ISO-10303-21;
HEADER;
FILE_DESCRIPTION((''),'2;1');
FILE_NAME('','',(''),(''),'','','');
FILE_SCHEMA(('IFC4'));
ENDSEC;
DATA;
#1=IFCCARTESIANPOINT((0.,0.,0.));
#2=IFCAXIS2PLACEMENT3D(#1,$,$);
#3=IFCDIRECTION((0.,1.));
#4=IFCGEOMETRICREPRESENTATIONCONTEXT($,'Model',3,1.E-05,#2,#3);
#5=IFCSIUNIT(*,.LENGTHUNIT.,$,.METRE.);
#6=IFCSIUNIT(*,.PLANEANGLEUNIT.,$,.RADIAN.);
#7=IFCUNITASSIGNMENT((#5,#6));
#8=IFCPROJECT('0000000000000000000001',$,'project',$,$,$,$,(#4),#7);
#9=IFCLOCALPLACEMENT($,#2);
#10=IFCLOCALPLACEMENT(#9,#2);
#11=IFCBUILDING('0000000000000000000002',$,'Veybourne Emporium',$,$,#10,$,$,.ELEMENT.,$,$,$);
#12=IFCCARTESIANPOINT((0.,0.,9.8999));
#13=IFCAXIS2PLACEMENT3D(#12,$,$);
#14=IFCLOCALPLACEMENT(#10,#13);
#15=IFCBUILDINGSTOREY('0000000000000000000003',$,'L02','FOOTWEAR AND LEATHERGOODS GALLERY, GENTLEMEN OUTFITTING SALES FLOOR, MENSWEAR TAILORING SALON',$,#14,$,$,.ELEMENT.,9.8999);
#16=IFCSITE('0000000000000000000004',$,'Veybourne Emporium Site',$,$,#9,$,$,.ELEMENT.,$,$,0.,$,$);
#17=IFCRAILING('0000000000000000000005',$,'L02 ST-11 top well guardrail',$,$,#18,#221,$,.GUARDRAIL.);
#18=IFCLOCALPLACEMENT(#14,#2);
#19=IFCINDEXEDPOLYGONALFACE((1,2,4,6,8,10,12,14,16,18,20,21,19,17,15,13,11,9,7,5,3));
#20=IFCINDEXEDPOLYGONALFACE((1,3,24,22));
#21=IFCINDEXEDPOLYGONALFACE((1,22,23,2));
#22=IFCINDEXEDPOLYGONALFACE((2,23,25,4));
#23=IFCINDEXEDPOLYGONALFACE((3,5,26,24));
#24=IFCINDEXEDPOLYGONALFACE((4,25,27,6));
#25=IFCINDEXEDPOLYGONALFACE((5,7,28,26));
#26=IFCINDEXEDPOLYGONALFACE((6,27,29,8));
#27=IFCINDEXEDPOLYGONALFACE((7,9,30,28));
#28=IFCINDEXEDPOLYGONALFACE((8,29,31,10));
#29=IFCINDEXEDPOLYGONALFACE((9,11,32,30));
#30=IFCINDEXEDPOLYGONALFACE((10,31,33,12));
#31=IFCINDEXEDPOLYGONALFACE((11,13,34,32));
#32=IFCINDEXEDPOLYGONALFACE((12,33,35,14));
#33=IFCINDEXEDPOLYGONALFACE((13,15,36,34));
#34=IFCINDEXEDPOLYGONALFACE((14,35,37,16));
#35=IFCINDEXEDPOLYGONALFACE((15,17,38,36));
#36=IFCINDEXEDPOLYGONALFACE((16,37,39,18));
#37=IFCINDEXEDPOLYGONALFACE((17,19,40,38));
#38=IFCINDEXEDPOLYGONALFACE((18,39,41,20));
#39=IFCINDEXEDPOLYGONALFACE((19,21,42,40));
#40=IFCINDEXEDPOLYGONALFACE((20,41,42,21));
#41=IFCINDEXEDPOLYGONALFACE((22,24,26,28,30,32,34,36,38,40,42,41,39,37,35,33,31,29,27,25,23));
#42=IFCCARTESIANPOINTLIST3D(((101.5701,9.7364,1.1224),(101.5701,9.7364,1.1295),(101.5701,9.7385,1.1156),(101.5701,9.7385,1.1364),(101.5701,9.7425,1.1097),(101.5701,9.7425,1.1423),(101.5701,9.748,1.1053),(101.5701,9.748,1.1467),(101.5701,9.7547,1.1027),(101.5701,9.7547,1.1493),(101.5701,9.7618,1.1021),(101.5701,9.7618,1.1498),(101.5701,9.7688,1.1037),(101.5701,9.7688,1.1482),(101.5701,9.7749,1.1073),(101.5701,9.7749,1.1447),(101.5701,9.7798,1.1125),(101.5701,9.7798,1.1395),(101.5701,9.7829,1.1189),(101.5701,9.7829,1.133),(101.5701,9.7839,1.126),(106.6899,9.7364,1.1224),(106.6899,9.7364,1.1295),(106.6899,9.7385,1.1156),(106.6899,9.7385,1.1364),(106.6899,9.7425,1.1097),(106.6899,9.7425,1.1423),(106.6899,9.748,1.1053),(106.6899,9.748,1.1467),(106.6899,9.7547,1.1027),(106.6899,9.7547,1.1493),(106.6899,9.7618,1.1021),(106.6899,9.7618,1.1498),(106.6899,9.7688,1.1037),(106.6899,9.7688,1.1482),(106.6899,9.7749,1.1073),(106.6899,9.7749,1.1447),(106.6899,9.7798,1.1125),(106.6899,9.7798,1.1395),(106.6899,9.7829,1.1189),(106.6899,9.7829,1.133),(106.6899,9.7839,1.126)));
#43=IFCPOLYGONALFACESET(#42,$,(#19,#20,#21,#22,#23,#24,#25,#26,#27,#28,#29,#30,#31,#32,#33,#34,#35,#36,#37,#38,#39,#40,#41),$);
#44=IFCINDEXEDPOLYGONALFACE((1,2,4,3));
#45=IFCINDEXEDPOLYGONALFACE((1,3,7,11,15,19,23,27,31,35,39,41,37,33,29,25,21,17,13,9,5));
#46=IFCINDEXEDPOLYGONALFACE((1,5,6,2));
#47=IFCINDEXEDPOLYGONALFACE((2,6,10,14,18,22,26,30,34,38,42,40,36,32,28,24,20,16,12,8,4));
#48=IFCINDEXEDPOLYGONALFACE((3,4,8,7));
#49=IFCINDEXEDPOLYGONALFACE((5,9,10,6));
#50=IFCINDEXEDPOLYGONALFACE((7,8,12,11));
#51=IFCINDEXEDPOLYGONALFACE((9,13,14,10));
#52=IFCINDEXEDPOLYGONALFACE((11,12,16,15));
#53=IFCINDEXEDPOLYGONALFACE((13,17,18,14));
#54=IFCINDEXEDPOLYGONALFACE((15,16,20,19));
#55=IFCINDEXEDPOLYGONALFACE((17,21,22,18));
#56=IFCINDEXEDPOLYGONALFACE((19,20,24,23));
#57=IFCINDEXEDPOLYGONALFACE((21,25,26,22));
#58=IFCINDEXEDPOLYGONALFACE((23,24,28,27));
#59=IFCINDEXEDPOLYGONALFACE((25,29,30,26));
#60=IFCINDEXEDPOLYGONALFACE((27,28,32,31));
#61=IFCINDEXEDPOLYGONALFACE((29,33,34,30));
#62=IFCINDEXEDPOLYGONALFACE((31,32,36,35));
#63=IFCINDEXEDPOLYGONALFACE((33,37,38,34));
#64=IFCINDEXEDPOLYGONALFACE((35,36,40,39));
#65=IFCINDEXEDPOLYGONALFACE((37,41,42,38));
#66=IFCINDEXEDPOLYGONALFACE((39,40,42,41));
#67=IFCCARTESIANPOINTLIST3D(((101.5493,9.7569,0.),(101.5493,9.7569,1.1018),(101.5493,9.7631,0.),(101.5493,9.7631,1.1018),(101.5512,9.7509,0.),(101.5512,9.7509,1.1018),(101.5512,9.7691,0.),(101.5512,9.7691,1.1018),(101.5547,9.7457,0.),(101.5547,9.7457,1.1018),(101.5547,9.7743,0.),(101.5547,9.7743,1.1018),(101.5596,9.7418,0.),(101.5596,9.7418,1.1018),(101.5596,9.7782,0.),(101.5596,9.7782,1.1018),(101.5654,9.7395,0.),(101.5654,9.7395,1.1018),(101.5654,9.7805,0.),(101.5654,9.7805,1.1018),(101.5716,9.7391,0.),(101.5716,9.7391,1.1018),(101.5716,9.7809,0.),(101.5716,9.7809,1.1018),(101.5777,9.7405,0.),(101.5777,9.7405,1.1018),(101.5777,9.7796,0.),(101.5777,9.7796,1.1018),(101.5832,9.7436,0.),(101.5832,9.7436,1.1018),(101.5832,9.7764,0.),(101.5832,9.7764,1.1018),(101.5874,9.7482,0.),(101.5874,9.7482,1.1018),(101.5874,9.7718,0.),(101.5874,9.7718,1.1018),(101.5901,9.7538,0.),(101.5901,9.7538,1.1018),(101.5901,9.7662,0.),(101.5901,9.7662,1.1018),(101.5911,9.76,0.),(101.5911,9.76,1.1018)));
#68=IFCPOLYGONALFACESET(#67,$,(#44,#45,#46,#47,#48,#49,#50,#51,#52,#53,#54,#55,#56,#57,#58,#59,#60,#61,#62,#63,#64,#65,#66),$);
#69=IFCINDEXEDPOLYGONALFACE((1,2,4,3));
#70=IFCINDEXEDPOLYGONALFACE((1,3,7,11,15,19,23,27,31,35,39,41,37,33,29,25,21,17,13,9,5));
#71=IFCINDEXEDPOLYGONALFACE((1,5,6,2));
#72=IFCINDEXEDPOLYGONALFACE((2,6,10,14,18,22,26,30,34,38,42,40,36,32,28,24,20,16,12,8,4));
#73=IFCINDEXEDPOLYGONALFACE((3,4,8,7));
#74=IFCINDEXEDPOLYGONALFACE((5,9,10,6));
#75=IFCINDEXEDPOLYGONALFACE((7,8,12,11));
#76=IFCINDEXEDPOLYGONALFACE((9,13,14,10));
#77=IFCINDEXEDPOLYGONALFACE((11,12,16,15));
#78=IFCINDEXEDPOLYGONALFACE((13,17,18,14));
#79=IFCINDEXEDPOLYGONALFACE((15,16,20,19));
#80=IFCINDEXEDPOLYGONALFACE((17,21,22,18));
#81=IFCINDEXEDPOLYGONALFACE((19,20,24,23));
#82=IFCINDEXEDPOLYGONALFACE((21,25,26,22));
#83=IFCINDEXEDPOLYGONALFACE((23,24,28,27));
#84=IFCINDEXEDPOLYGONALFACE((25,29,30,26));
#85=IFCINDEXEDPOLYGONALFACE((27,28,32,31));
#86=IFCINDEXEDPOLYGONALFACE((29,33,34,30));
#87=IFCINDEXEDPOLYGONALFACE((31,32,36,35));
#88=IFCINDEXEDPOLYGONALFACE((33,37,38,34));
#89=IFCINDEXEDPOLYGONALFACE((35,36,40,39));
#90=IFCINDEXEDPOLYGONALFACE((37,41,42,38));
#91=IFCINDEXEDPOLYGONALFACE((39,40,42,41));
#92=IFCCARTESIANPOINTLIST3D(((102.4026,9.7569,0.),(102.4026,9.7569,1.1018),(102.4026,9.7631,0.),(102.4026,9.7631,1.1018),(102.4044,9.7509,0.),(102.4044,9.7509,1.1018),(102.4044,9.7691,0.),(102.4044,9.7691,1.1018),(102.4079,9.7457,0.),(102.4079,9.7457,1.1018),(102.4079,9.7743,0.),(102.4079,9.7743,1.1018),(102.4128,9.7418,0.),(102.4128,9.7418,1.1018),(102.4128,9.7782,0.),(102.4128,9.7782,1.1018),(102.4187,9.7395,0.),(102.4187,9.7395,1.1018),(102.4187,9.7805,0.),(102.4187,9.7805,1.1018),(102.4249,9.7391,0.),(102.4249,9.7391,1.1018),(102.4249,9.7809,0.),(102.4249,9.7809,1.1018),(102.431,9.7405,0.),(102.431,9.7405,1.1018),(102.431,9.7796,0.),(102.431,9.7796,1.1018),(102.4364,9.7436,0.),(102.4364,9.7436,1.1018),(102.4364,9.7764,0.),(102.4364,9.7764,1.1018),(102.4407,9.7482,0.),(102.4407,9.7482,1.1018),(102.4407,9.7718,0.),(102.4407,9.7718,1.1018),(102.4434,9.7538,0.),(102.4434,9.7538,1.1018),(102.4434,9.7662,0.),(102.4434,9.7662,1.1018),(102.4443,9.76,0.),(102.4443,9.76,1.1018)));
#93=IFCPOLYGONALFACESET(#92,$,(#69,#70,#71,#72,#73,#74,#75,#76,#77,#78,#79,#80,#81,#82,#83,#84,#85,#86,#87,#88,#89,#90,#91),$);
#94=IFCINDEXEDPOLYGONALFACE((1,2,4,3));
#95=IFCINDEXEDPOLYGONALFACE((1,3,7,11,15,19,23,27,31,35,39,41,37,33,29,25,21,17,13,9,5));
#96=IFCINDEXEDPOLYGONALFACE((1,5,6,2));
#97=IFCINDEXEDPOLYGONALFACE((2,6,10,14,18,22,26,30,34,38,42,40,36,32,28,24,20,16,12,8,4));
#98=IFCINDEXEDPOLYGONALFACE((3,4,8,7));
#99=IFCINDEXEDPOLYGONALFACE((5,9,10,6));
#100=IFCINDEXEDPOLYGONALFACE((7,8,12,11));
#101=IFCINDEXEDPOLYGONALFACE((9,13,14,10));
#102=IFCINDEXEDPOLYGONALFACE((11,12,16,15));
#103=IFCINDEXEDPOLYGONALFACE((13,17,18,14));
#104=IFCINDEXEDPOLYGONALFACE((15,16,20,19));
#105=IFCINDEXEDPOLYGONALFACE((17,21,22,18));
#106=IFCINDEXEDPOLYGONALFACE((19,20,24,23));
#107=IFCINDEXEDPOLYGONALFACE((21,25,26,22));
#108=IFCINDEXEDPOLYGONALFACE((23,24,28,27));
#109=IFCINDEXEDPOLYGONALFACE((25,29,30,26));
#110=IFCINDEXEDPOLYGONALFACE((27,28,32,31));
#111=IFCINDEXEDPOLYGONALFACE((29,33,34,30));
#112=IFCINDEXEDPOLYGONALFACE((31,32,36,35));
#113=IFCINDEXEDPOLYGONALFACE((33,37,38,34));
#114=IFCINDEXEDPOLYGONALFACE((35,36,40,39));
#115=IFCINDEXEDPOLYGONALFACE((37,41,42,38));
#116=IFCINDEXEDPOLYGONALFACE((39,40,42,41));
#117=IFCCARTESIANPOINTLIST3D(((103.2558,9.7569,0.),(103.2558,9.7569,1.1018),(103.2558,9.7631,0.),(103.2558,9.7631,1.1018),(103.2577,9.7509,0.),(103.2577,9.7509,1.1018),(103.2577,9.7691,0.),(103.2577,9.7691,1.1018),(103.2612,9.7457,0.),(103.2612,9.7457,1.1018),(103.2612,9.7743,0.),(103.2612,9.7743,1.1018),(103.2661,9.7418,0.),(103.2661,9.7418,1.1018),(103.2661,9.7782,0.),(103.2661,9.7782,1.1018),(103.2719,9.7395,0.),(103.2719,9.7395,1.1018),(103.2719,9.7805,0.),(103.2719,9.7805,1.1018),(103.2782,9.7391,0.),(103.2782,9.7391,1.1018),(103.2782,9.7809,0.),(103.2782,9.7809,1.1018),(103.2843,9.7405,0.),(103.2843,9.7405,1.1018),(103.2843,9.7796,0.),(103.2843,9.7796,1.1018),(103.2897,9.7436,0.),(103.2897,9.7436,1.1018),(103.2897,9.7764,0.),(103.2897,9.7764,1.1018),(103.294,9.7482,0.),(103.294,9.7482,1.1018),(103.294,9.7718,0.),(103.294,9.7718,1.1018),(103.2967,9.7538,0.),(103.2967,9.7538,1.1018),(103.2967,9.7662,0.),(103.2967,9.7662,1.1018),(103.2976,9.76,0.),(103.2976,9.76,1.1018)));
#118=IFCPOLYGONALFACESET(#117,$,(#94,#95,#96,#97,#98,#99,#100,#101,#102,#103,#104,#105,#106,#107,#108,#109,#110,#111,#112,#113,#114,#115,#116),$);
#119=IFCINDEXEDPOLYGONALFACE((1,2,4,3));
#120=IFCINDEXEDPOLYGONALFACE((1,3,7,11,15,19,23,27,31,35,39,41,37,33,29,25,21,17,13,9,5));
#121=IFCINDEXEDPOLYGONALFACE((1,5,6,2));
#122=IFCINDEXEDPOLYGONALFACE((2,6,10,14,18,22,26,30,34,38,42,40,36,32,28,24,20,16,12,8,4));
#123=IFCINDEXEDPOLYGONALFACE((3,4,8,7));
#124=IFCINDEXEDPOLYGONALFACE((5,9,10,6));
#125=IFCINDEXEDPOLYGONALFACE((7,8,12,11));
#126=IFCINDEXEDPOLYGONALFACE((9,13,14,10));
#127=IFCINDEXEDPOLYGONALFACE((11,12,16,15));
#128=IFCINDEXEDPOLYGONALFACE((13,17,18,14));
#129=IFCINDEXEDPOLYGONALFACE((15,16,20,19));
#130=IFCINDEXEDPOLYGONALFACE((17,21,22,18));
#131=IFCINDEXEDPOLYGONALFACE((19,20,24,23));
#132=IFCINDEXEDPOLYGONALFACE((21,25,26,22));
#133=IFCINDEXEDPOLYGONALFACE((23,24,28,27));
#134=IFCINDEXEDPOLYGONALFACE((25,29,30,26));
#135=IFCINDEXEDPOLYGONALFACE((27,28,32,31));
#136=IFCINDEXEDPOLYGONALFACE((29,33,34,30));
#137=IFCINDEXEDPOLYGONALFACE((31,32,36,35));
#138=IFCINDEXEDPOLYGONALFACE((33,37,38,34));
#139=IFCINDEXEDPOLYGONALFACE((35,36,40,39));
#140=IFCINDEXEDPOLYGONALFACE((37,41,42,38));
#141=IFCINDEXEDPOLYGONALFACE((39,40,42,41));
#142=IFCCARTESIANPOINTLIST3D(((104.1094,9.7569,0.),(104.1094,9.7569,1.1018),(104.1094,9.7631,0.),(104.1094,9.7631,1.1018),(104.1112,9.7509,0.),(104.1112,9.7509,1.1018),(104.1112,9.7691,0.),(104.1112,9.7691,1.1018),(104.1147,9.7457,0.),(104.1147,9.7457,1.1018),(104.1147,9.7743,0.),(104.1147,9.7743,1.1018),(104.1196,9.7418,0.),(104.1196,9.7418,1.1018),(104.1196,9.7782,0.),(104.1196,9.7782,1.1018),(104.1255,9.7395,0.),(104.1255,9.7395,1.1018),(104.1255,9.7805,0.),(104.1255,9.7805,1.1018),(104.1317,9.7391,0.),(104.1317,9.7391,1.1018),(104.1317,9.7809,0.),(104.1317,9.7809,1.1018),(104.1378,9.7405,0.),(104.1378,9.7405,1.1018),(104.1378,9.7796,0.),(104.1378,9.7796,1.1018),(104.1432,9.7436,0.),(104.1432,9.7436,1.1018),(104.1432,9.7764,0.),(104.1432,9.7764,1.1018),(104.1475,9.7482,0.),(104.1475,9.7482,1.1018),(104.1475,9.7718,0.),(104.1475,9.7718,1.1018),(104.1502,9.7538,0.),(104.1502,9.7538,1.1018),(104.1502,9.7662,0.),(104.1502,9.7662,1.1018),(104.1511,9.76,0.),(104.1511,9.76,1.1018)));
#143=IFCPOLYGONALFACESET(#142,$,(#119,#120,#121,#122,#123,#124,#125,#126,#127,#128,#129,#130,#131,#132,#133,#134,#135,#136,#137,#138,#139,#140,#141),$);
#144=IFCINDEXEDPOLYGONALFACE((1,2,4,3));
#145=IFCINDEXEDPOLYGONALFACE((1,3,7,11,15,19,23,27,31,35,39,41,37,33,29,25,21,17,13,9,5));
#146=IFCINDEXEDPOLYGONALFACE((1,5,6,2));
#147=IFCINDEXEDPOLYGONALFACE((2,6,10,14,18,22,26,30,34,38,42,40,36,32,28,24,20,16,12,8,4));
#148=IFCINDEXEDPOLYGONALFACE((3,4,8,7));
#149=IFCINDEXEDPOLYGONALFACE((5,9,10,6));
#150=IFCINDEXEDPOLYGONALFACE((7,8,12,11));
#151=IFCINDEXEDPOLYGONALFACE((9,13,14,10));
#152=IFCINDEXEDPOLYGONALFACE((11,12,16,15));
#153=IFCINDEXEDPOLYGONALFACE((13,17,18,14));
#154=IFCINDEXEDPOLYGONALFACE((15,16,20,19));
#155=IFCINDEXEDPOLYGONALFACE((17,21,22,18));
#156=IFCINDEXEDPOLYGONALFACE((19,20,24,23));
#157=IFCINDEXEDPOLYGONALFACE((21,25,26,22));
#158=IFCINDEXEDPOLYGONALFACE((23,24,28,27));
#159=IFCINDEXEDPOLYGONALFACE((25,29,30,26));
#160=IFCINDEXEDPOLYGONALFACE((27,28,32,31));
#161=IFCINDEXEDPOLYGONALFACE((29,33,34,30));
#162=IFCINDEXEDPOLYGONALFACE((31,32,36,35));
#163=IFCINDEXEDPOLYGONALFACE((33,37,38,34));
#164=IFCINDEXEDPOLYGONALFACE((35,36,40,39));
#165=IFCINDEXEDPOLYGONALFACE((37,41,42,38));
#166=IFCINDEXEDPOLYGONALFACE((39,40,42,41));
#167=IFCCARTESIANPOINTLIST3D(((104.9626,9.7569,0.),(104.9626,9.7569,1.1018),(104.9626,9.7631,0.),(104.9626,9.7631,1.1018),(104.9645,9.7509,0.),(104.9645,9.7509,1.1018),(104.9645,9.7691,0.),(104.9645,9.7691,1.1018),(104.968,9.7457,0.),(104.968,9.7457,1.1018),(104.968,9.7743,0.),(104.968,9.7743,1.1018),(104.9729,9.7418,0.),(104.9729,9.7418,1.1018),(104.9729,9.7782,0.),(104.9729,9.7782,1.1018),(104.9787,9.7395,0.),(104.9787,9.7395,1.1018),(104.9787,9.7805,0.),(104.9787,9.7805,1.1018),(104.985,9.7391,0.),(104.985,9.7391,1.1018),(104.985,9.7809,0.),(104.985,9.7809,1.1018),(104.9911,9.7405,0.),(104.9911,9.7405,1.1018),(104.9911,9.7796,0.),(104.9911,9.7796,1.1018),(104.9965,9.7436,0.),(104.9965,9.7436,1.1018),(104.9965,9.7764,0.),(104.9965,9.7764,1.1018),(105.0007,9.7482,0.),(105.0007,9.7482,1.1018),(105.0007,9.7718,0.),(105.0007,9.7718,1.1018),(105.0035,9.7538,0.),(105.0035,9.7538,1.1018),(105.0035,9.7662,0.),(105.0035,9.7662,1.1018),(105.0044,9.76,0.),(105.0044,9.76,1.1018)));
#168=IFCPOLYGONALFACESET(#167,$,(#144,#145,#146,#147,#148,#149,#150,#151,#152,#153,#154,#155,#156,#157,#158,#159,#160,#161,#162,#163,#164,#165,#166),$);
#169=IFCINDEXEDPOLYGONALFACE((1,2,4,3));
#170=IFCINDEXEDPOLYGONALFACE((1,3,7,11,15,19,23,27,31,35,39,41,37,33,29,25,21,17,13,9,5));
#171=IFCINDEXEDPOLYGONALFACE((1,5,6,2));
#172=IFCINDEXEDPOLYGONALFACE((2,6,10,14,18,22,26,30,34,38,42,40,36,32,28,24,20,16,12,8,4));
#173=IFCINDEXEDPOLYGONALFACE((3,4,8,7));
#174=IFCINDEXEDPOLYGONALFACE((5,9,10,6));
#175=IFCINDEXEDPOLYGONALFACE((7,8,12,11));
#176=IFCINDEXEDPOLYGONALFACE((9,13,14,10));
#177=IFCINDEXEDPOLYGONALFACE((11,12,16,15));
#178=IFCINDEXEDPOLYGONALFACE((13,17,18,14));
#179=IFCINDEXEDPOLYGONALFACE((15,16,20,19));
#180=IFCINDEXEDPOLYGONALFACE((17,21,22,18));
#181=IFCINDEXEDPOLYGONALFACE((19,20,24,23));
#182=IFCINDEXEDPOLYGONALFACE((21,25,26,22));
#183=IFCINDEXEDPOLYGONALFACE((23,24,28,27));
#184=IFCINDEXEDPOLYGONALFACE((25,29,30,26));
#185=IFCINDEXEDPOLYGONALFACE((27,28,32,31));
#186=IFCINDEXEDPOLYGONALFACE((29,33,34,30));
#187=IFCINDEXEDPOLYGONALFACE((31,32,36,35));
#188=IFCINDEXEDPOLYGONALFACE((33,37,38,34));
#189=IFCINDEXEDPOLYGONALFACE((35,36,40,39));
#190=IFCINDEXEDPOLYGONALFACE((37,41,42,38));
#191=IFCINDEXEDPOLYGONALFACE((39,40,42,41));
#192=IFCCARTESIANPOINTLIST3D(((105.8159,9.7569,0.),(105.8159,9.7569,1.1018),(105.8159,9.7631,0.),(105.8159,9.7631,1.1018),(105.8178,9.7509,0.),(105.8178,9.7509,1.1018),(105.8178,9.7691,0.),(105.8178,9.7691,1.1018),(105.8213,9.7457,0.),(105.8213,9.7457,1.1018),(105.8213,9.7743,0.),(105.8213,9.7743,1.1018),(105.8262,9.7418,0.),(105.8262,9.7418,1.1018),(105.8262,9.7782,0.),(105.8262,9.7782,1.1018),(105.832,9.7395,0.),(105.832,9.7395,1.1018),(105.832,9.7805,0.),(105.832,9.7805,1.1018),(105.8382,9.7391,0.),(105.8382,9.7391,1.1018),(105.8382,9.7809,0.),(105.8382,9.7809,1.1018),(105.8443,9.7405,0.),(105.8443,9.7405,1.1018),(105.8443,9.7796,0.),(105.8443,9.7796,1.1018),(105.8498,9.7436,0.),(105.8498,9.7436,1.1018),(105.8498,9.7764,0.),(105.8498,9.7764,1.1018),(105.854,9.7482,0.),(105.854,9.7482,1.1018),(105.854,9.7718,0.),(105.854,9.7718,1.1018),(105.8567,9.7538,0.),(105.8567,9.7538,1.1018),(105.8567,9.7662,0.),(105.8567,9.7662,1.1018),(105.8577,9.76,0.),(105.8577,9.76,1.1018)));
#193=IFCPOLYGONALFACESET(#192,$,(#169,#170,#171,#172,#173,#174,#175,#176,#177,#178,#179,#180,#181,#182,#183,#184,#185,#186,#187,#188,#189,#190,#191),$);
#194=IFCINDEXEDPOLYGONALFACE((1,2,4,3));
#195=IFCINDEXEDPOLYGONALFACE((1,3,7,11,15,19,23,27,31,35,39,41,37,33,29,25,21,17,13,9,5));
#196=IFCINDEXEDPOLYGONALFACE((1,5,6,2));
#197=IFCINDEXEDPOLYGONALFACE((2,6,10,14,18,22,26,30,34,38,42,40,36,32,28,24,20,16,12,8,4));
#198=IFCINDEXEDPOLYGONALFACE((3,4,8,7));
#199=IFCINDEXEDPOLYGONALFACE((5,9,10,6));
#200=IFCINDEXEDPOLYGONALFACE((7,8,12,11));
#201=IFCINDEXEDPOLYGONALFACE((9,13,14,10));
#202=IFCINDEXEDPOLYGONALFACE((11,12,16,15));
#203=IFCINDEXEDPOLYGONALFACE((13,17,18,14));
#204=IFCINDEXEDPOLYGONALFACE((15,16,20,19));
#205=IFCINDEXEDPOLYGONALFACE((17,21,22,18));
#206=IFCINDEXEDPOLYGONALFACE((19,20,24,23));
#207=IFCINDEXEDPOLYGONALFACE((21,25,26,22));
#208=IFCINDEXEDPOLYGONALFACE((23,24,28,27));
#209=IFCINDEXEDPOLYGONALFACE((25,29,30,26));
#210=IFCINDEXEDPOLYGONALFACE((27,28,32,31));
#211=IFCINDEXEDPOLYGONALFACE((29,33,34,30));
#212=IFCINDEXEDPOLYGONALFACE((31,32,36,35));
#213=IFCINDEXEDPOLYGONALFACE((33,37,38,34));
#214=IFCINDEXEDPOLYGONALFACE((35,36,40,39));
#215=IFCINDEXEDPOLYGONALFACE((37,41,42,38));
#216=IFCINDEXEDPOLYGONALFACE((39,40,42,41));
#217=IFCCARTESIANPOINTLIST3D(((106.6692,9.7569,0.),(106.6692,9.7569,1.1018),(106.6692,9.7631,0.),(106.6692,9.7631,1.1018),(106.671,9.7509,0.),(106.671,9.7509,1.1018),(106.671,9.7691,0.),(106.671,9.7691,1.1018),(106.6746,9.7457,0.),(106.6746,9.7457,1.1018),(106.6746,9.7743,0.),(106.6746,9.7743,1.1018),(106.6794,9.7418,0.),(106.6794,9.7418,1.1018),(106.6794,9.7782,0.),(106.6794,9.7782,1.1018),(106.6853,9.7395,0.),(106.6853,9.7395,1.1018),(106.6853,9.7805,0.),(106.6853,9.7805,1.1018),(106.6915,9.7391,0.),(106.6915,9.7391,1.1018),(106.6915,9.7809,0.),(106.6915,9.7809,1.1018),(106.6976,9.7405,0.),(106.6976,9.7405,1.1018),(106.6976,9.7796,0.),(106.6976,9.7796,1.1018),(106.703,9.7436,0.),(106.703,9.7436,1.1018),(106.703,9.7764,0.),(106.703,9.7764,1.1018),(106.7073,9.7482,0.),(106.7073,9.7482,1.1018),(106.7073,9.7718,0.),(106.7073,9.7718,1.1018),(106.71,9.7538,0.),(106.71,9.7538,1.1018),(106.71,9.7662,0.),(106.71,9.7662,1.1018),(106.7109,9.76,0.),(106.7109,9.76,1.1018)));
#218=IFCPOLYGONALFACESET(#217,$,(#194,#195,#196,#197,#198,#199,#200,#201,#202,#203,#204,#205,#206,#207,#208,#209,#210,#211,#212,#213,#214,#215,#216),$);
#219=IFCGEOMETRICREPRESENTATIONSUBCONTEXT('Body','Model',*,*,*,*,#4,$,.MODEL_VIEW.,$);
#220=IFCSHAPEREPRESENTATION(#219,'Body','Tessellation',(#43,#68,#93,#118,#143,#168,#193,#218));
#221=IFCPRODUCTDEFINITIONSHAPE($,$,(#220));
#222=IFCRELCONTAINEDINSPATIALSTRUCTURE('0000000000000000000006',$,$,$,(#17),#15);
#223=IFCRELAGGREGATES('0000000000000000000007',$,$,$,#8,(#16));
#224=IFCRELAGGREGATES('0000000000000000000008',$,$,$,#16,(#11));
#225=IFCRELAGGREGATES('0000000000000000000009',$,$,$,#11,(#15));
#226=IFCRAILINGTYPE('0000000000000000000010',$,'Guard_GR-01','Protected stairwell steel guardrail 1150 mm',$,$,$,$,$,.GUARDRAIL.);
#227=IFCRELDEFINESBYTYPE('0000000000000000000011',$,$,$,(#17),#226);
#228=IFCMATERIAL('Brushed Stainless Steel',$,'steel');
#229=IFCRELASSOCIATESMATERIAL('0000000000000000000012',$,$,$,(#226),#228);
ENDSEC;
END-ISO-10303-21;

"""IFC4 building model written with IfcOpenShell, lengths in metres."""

from ifc_helpers import new_model, si_unit, direction, frame, origin, origin_2d, place, context, subcontext, project, spatial, circle, extrude, material, type_object, element, save


model = new_model("IFC4")

# Units and contexts
model_context = context("Model", 3, precision=1e-05, world=origin(), true_north=direction((0.0, 1.0)))
body_context = subcontext(model_context, "Body", "Model", "MODEL_VIEW")
ifc_project = project(units=[si_unit("LENGTHUNIT", "METRE"), si_unit("PLANEANGLEUNIT", "RADIAN")], contexts=[model_context])

# Site, building, storey
site_placement = place(None, origin())
site = spatial("IfcSite", under=ifc_project, at=site_placement, Name="Veybourne Emporium Site", CompositionType="ELEMENT", RefElevation=0.0)
building_placement = place(site_placement, origin())
building = spatial("IfcBuilding", under=site, at=building_placement, Name="Veybourne Emporium", CompositionType="ELEMENT")
storey_placement = place(building_placement, frame((0.0, 0.0, 9.8999)))
storey = spatial("IfcBuildingStorey", under=building, at=storey_placement, Name="L02", Description="FOOTWEAR AND LEATHERGOODS GALLERY, GENTLEMEN OUTFITTING SALES FLOOR, MENSWEAR TAILORING SALON", CompositionType="ELEMENT", Elevation=9.8999)

# Railing
ifc_material_1 = material(Name="Brushed Stainless Steel", Category="steel")
railing_type = type_object("IfcRailingType", Name="Guard_GR-01", Description="Protected stairwell steel guardrail 1150 mm", PredefinedType="GUARDRAIL", material=ifc_material_1)
railing_placement = place(storey_placement, frame((101.5701, 9.76, 0.0)))
element("IfcRailing", 1, at=railing_placement, inside=storey, type_object=railing_type, Name="L02 ST-11 top well guardrail", PredefinedType="GUARDRAIL", context=body_context, shape_type="SweptSolid", body=[
    extrude(circle(Radius=0.0239, at=origin_2d()), frame((0.0, 0.0, 1.126), z_axis=(1.0, 0.0, 0.0), x_axis=(0.0, 1.0, 0.0)), (0.0, 0.0, 1.0), 5.1199),
    extrude(circle(Radius=0.021, at=origin_2d()), origin(), (0.0, 0.0, 1.0), 1.1018),
    extrude(circle(Radius=0.021, at=origin_2d()), frame((0.8533, 0.0, 0.0)), (0.0, 0.0, 1.0), 1.1018),
    extrude(circle(Radius=0.021, at=origin_2d()), frame((1.7065, 0.0, 0.0)), (0.0, 0.0, 1.0), 1.1018),
    extrude(circle(Radius=0.021, at=origin_2d()), frame((2.5601, 0.0, 0.0)), (0.0, 0.0, 1.0), 1.1018),
    extrude(circle(Radius=0.021, at=origin_2d()), frame((3.4133, 0.0, 0.0)), (0.0, 0.0, 1.0), 1.1018),
    extrude(circle(Radius=0.021, at=origin_2d()), frame((4.2666, 0.0, 0.0)), (0.0, 0.0, 1.0), 1.1018),
    extrude(circle(Radius=0.021, at=origin_2d()), frame((5.1199, 0.0, 0.0)), (0.0, 0.0, 1.0), 1.1018),
])

save(model, "model.ifc")
